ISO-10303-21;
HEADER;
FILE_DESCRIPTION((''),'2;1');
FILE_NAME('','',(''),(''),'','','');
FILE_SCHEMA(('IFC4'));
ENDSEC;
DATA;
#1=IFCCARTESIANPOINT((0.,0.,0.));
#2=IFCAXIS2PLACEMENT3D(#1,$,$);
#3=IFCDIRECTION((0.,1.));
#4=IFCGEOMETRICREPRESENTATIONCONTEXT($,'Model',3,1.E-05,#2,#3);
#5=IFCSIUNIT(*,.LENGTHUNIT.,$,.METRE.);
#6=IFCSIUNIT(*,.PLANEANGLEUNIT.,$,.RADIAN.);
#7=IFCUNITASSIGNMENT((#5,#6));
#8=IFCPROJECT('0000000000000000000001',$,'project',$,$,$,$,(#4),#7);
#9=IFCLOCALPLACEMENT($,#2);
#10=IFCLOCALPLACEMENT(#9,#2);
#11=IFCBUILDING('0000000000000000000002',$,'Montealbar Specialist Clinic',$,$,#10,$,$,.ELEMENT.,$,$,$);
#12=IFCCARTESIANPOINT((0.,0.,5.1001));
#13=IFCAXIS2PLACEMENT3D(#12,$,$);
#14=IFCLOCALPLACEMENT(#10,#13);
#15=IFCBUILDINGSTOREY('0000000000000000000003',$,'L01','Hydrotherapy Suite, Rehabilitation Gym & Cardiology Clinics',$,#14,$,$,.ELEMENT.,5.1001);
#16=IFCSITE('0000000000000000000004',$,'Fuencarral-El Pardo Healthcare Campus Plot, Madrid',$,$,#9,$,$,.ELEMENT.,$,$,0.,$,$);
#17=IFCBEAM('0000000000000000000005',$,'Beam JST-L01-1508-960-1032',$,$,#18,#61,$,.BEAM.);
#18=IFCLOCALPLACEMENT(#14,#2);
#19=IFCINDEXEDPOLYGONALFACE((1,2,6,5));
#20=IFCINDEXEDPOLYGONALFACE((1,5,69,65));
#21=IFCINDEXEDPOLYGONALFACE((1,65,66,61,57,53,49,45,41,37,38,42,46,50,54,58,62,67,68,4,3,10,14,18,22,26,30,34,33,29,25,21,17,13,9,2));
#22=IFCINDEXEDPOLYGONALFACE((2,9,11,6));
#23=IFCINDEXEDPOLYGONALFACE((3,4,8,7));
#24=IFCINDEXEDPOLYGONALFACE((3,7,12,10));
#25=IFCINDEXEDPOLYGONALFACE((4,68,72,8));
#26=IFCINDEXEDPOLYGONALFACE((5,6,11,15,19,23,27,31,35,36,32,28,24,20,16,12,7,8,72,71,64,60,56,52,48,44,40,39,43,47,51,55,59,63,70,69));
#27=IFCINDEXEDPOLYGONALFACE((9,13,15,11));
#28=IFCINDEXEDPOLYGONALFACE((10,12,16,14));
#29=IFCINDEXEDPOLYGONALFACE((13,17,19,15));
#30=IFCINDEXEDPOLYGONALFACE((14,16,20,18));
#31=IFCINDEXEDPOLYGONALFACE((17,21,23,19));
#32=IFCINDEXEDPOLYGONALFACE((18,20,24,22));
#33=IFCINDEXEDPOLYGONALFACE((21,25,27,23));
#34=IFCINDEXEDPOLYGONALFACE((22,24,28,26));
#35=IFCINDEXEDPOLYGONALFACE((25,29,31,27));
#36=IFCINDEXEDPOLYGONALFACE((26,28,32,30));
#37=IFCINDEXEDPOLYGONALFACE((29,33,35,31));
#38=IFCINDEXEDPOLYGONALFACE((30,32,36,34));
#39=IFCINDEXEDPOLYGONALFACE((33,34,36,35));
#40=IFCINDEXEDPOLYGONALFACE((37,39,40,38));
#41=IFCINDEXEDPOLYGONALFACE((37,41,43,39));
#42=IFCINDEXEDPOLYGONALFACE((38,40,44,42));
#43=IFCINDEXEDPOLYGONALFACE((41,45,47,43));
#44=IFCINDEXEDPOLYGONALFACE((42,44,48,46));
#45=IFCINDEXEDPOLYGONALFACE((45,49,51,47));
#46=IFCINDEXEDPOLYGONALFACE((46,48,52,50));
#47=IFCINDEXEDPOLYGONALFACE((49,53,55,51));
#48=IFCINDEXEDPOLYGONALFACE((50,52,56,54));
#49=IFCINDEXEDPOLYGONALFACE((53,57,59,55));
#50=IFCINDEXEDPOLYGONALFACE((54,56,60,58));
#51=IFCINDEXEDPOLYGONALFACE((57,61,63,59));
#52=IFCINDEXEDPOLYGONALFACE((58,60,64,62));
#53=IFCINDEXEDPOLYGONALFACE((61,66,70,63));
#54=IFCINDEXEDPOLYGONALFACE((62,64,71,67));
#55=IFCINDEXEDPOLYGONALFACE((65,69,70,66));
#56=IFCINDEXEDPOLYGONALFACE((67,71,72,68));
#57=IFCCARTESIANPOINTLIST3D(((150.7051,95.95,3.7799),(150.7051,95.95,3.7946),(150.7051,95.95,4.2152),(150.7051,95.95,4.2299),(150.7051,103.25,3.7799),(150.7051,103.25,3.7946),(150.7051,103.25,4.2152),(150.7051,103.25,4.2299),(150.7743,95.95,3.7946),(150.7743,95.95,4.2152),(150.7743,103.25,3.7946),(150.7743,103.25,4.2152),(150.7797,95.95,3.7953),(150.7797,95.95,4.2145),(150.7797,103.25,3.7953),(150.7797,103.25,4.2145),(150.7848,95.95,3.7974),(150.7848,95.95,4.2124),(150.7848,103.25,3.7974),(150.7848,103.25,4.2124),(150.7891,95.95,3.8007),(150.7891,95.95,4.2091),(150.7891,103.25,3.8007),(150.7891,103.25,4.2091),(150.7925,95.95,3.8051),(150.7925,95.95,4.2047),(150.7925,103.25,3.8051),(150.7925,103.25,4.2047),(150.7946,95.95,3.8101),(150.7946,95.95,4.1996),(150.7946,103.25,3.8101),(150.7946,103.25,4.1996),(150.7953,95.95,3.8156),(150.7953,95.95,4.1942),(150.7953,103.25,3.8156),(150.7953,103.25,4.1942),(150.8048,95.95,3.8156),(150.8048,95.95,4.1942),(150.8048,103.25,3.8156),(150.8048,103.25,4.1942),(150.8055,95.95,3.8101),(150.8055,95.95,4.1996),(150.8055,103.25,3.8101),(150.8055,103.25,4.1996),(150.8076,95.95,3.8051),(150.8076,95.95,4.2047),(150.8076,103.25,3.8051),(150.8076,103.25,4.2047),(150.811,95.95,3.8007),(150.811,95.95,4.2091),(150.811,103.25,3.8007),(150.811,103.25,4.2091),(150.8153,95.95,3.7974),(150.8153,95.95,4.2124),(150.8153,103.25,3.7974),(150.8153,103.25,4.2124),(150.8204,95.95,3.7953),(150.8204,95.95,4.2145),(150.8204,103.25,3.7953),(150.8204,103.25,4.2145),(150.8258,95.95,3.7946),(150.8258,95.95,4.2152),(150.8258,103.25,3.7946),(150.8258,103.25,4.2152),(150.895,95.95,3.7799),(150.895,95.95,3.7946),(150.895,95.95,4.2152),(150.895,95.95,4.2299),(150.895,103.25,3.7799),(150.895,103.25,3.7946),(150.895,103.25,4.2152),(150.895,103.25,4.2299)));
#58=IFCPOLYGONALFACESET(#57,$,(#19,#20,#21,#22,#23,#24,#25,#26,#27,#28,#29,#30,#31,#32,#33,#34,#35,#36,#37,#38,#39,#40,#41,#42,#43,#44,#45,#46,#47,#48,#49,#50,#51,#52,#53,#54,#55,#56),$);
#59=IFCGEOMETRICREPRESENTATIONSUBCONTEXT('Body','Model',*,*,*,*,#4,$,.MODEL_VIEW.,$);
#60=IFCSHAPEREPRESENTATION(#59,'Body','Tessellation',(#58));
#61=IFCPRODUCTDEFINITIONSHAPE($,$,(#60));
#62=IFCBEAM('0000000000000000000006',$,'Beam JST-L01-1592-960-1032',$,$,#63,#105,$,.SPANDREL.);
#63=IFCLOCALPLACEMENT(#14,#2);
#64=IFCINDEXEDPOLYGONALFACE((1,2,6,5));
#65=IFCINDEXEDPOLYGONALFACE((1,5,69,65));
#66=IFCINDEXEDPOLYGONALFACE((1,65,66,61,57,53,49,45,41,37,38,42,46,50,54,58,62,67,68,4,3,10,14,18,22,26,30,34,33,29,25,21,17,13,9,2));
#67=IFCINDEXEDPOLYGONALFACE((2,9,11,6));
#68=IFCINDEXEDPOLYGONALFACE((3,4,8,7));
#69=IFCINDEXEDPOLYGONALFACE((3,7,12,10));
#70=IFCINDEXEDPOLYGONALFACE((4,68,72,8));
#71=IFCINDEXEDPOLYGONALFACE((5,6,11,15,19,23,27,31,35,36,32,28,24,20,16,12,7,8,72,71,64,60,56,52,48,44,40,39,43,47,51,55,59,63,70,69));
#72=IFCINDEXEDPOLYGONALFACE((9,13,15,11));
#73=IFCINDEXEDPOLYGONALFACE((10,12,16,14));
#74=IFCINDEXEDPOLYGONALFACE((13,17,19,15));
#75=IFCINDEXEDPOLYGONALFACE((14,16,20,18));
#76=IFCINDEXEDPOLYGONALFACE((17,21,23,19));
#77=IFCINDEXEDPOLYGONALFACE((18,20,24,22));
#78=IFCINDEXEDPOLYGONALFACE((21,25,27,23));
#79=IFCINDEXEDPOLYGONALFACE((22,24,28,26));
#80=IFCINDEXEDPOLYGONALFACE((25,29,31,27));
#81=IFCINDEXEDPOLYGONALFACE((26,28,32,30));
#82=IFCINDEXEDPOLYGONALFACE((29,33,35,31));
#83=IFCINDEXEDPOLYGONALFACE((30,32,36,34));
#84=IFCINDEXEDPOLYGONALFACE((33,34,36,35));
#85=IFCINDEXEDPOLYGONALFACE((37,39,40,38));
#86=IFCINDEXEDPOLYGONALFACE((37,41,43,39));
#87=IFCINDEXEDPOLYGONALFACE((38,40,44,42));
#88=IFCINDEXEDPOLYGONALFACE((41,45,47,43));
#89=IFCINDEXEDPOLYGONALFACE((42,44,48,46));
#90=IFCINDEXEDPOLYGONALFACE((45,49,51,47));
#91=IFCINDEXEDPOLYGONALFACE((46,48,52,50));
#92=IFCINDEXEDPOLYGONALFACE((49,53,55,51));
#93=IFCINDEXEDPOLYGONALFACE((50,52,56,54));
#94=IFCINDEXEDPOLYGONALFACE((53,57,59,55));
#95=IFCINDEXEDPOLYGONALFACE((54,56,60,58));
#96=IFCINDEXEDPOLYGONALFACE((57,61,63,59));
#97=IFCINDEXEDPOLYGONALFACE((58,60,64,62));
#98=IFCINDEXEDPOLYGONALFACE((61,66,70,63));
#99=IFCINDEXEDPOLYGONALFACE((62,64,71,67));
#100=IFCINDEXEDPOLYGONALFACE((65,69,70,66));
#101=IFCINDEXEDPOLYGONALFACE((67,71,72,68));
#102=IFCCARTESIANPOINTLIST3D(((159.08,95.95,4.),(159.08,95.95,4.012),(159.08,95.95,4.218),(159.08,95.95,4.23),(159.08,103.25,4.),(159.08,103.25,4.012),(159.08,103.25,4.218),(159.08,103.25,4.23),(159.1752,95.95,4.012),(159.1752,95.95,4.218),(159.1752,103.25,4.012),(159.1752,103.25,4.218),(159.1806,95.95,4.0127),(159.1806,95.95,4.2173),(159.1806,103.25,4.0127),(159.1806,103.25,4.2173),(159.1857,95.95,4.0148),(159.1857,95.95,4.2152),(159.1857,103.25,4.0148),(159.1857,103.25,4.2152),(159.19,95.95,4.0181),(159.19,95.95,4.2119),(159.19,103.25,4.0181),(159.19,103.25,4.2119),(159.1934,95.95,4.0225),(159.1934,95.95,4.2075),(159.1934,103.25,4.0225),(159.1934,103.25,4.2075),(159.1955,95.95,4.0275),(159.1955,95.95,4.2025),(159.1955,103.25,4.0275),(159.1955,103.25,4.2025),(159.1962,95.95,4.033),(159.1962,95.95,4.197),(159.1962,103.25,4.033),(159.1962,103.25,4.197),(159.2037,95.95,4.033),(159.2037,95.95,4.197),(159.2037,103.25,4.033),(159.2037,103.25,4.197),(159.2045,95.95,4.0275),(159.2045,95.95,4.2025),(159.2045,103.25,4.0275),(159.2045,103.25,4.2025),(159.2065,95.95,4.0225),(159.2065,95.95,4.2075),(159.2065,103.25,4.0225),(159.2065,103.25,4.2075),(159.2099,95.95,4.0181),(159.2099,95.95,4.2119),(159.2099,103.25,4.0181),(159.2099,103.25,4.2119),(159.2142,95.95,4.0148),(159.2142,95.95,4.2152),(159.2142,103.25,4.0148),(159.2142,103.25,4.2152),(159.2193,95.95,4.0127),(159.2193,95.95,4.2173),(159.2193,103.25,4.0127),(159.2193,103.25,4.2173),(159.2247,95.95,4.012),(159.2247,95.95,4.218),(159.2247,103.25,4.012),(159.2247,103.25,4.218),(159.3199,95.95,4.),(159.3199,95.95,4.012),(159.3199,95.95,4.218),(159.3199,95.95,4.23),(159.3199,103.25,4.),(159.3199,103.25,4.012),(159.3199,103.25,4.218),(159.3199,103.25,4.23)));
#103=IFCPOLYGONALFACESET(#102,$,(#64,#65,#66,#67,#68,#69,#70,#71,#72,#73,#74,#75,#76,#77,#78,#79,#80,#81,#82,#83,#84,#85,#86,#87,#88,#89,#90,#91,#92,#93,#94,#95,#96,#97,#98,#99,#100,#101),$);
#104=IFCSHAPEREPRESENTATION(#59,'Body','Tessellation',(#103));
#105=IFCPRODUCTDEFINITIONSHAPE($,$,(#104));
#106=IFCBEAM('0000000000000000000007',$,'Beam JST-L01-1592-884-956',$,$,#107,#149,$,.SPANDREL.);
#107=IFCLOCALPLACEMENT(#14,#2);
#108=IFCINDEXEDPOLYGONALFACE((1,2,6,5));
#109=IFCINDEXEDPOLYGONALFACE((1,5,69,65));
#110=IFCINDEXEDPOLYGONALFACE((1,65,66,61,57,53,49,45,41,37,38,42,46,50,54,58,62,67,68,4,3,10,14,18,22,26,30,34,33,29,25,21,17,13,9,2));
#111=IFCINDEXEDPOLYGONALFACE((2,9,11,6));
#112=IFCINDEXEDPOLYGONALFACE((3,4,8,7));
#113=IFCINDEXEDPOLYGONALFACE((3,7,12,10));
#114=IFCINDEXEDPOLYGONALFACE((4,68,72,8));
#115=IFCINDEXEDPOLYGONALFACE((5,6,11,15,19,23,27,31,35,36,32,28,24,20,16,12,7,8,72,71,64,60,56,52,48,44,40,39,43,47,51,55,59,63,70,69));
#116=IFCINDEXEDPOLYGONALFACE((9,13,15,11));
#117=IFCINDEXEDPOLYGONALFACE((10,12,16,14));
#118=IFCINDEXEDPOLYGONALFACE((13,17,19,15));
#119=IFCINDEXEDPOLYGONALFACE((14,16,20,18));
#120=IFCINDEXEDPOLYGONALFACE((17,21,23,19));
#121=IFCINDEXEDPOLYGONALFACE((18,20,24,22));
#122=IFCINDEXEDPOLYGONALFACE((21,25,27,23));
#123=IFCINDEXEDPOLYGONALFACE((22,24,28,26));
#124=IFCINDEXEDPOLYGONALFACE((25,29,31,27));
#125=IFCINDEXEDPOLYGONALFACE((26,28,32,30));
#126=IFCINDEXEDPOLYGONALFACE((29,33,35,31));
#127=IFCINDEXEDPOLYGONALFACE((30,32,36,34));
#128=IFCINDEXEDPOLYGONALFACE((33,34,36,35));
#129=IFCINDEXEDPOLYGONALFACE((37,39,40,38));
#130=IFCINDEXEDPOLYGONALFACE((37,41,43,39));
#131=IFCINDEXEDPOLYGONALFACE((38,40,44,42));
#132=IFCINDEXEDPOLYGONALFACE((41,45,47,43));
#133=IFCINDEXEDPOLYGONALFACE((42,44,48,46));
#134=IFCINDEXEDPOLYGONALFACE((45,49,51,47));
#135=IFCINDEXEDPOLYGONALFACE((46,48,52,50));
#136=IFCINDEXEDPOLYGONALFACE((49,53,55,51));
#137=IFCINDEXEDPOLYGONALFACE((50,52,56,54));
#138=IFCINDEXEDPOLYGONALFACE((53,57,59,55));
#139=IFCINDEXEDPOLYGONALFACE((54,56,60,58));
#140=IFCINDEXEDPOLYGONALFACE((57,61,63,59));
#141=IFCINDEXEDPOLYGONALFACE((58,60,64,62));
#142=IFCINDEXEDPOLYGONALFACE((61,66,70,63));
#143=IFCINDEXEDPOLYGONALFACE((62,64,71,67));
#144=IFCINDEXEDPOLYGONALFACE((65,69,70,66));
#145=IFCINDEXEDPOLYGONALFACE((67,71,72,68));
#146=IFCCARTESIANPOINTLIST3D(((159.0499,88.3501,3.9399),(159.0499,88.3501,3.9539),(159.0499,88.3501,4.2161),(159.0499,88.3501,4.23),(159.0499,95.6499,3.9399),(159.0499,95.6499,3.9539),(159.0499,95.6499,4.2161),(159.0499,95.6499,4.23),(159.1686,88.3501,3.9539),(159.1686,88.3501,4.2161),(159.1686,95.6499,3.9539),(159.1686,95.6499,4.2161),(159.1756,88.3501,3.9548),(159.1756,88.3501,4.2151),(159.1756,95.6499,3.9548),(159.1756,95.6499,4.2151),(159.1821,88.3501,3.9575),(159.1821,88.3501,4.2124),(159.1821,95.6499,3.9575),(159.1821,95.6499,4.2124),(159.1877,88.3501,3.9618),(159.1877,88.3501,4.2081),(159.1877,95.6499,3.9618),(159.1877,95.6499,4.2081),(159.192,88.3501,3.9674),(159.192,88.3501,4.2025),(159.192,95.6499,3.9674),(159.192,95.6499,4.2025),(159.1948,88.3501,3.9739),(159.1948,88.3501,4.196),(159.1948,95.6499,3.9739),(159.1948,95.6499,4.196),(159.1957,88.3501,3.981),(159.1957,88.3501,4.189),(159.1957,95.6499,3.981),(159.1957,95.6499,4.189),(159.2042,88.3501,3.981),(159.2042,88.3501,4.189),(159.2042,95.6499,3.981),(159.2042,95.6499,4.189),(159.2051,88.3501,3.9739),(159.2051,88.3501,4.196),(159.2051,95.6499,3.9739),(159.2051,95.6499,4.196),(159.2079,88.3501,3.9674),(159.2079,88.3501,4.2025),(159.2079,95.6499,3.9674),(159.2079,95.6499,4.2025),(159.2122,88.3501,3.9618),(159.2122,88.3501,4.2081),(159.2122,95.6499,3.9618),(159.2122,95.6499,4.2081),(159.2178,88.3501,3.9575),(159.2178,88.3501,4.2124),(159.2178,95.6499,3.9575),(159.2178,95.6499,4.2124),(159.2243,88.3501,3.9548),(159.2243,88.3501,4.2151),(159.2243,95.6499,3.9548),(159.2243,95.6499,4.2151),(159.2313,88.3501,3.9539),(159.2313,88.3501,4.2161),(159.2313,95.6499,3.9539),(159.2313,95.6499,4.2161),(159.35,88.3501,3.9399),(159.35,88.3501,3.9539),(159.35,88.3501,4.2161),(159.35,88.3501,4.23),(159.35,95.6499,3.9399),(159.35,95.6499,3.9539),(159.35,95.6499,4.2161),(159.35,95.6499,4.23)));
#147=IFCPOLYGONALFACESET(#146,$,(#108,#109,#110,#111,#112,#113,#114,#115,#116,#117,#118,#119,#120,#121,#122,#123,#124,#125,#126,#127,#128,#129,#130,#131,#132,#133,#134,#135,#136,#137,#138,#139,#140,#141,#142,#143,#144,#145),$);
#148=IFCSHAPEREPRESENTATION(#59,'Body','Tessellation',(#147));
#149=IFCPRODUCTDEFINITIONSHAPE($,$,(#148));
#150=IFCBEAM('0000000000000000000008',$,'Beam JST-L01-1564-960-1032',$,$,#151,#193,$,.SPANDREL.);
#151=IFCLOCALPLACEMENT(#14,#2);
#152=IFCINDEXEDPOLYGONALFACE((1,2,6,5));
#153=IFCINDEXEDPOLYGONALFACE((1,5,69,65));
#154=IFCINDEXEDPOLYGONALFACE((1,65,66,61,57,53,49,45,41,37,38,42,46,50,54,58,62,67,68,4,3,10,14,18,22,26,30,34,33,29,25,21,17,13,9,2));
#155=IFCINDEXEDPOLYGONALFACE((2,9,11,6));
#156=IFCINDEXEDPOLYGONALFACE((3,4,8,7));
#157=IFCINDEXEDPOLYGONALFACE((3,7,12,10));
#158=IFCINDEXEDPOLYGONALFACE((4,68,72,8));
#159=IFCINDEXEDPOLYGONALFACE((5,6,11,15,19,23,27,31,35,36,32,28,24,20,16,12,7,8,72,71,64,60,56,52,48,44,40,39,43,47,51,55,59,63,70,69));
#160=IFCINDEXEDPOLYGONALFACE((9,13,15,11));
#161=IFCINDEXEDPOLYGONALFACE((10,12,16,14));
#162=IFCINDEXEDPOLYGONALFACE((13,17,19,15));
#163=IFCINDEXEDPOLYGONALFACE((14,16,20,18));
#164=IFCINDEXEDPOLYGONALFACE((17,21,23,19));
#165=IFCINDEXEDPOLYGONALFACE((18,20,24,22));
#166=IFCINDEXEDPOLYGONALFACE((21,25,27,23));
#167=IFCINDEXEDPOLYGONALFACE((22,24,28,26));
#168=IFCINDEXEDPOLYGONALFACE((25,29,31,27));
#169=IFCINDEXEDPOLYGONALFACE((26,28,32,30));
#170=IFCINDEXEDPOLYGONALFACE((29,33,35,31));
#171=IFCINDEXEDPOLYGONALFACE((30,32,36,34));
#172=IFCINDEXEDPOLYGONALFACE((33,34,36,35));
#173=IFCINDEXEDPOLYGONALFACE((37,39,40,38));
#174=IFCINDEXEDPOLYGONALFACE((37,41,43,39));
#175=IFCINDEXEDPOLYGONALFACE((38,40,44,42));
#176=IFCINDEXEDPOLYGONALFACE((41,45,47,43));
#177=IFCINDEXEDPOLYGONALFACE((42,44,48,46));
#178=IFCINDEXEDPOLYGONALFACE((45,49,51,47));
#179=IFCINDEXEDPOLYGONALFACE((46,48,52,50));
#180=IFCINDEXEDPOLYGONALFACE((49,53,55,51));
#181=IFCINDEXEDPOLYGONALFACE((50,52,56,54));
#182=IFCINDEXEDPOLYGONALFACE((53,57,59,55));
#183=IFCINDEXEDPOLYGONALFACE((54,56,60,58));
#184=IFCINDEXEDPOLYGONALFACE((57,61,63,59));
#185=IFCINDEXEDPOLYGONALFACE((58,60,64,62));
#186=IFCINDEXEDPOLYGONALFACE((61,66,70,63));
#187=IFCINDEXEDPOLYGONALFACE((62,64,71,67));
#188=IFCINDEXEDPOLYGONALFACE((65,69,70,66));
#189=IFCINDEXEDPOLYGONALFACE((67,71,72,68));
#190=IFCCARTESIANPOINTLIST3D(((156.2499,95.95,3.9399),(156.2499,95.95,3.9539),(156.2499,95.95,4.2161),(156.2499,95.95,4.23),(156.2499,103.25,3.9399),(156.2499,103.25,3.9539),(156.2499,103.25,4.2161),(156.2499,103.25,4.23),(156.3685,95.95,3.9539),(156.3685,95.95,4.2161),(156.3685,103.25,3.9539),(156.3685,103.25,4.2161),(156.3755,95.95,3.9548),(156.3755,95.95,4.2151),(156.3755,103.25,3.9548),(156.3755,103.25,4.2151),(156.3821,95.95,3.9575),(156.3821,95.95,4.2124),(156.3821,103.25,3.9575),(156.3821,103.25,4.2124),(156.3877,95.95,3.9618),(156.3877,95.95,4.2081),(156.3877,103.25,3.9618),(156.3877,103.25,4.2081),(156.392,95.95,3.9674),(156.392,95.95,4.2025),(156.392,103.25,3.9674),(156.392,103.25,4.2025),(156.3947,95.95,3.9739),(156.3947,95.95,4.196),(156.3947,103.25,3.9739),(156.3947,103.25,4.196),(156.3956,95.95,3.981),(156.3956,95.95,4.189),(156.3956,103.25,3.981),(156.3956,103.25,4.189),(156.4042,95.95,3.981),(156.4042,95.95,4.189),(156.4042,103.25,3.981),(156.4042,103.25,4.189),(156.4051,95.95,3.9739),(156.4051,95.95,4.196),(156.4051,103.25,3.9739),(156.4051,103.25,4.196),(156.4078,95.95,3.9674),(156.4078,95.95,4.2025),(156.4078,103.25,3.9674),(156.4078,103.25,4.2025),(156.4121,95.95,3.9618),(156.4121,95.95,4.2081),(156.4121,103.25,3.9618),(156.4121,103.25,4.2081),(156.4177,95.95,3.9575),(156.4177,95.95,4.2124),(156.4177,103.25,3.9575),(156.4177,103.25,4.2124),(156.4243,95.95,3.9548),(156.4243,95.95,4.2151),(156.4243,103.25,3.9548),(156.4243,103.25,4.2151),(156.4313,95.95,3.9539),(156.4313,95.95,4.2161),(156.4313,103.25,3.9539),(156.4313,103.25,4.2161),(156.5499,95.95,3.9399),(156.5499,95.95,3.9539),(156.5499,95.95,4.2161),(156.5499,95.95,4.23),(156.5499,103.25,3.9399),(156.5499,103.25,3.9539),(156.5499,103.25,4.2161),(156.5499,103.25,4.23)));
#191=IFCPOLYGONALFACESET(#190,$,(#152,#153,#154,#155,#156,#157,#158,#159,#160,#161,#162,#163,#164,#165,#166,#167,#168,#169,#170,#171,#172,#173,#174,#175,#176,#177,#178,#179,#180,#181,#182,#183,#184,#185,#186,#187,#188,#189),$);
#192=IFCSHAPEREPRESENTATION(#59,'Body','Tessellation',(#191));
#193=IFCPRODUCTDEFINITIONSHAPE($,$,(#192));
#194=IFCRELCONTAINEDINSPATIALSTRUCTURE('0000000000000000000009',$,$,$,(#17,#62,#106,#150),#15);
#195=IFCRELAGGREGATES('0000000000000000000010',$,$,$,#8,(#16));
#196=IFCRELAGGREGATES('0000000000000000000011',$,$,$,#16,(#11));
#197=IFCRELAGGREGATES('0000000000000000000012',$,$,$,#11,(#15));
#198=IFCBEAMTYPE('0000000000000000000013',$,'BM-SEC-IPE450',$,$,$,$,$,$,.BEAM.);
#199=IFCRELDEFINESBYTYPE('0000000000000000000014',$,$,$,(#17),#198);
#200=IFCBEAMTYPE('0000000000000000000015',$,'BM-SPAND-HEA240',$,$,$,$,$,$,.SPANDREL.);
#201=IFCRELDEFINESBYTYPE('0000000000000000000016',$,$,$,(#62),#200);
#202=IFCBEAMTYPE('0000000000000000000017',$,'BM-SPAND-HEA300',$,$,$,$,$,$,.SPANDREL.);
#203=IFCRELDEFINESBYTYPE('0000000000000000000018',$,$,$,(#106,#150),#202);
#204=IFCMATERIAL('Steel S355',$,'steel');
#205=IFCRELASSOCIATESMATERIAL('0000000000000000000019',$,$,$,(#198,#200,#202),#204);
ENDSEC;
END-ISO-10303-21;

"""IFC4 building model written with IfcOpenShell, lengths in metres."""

from ifc_helpers import new_model, si_unit, direction, frame, origin, origin_2d, place, context, subcontext, project, spatial, i_section, extrude, material, material_profile, profile_set, type_object, element, save


model = new_model("IFC4")

# Units and contexts
model_context = context("Model", 3, precision=1e-05, world=origin(), true_north=direction((0.0, 1.0)))
body_context = subcontext(model_context, "Body", "Model", "MODEL_VIEW")
ifc_project = project(units=[si_unit("LENGTHUNIT", "METRE"), si_unit("PLANEANGLEUNIT", "RADIAN")], contexts=[model_context])

# Site, building, storey
site_placement = place(None, origin())
site = spatial("IfcSite", under=ifc_project, at=site_placement, Name="Fuencarral-El Pardo Healthcare Campus Plot, Madrid", CompositionType="ELEMENT", RefElevation=0.0)
building_placement = place(site_placement, origin())
building = spatial("IfcBuilding", under=site, at=building_placement, Name="Montealbar Specialist Clinic", CompositionType="ELEMENT")
storey_placement = place(building_placement, frame((0.0, 0.0, 5.1001)))
storey = spatial("IfcBuildingStorey", under=building, at=storey_placement, Name="L01", Description="Hydrotherapy Suite, Rehabilitation Gym & Cardiology Clinics", CompositionType="ELEMENT", Elevation=5.1001)

# Shared definitions
ifc_material_1 = material(Name="Steel S355", Category="steel")

# Beams
ifc_material_profile_1 = material_profile(ifc_material_1, i_section(OverallWidth=0.1899, OverallDepth=0.45, WebThickness=0.0095, FlangeThickness=0.0146, FilletRadius=0.021, at=origin_2d()), Name="IPE 450", Category="steel")
ifc_profile_set_1 = profile_set([ifc_material_profile_1], Name="Steel S355")
beam_type_1 = type_object("IfcBeamType", Name="BM-SEC-IPE450", PredefinedType="BEAM", material=ifc_profile_set_1)
beam_1_placement = place(storey_placement, frame((150.8, 95.95, 4.0049), z_axis=(0.0, 1.0, 0.0), x_axis=(-1.0, 0.0, 0.0)))
element("IfcBeam", 1, at=beam_1_placement, inside=storey, type_object=beam_type_1, Name="Beam JST-L01-1508-960-1032", PredefinedType="BEAM", context=body_context, shape_type="SweptSolid", body=[
    extrude(i_section(OverallWidth=0.1899, OverallDepth=0.45, WebThickness=0.0095, FlangeThickness=0.0146, FilletRadius=0.021, at=origin_2d()), origin(), (0.0, 0.0, 1.0), 7.3),
])
ifc_material_profile_2 = material_profile(ifc_material_1, i_section(OverallWidth=0.24, OverallDepth=0.23, WebThickness=0.0076, FlangeThickness=0.012, FilletRadius=0.021, at=origin_2d()), Name="HEA 240", Category="steel")
ifc_profile_set_2 = profile_set([ifc_material_profile_2], Name="Steel S355")
beam_type_2 = type_object("IfcBeamType", Name="BM-SPAND-HEA240", PredefinedType="SPANDREL", material=ifc_profile_set_2)
beam_2_placement = place(storey_placement, frame((159.2, 95.95, 4.115), z_axis=(0.0, 1.0, 0.0), x_axis=(-1.0, 0.0, 0.0)))
element("IfcBeam", 2, at=beam_2_placement, inside=storey, type_object=beam_type_2, Name="Beam JST-L01-1592-960-1032", PredefinedType="SPANDREL", context=body_context, shape_type="SweptSolid", body=[
    extrude(i_section(OverallWidth=0.24, OverallDepth=0.23, WebThickness=0.0076, FlangeThickness=0.012, FilletRadius=0.021, at=origin_2d()), origin(), (0.0, 0.0, 1.0), 7.3),
])
ifc_material_profile_3 = material_profile(ifc_material_1, i_section(OverallWidth=0.3, OverallDepth=0.29, WebThickness=0.0085, FlangeThickness=0.0139, FilletRadius=0.0271, at=origin_2d()), Name="HEA 300", Category="steel")
ifc_profile_set_3 = profile_set([ifc_material_profile_3], Name="Steel S355")
beam_type_3 = type_object("IfcBeamType", Name="BM-SPAND-HEA300", PredefinedType="SPANDREL", material=ifc_profile_set_3)
beam_3_placement = place(storey_placement, frame((159.2, 88.3501, 4.085), z_axis=(0.0, 1.0, 0.0), x_axis=(-1.0, 0.0, 0.0)))
element("IfcBeam", 3, at=beam_3_placement, inside=storey, type_object=beam_type_3, Name="Beam JST-L01-1592-884-956", PredefinedType="SPANDREL", context=body_context, shape_type="SweptSolid", body=[
    extrude(i_section(OverallWidth=0.3, OverallDepth=0.29, WebThickness=0.0085, FlangeThickness=0.0139, FilletRadius=0.0271, at=origin_2d()), origin(), (0.0, 0.0, 1.0), 7.2998),
])
beam_4_placement = place(storey_placement, frame((156.3999, 95.95, 4.085), z_axis=(0.0, 1.0, 0.0), x_axis=(-1.0, 0.0, 0.0)))
element("IfcBeam", 4, at=beam_4_placement, inside=storey, type_object=beam_type_3, Name="Beam JST-L01-1564-960-1032", PredefinedType="SPANDREL", context=body_context, shape_type="SweptSolid", body=[
    extrude(i_section(OverallWidth=0.3, OverallDepth=0.29, WebThickness=0.0085, FlangeThickness=0.0139, FilletRadius=0.0271, at=origin_2d()), origin(), (0.0, 0.0, 1.0), 7.3),
])

save(model, "model.ifc")
